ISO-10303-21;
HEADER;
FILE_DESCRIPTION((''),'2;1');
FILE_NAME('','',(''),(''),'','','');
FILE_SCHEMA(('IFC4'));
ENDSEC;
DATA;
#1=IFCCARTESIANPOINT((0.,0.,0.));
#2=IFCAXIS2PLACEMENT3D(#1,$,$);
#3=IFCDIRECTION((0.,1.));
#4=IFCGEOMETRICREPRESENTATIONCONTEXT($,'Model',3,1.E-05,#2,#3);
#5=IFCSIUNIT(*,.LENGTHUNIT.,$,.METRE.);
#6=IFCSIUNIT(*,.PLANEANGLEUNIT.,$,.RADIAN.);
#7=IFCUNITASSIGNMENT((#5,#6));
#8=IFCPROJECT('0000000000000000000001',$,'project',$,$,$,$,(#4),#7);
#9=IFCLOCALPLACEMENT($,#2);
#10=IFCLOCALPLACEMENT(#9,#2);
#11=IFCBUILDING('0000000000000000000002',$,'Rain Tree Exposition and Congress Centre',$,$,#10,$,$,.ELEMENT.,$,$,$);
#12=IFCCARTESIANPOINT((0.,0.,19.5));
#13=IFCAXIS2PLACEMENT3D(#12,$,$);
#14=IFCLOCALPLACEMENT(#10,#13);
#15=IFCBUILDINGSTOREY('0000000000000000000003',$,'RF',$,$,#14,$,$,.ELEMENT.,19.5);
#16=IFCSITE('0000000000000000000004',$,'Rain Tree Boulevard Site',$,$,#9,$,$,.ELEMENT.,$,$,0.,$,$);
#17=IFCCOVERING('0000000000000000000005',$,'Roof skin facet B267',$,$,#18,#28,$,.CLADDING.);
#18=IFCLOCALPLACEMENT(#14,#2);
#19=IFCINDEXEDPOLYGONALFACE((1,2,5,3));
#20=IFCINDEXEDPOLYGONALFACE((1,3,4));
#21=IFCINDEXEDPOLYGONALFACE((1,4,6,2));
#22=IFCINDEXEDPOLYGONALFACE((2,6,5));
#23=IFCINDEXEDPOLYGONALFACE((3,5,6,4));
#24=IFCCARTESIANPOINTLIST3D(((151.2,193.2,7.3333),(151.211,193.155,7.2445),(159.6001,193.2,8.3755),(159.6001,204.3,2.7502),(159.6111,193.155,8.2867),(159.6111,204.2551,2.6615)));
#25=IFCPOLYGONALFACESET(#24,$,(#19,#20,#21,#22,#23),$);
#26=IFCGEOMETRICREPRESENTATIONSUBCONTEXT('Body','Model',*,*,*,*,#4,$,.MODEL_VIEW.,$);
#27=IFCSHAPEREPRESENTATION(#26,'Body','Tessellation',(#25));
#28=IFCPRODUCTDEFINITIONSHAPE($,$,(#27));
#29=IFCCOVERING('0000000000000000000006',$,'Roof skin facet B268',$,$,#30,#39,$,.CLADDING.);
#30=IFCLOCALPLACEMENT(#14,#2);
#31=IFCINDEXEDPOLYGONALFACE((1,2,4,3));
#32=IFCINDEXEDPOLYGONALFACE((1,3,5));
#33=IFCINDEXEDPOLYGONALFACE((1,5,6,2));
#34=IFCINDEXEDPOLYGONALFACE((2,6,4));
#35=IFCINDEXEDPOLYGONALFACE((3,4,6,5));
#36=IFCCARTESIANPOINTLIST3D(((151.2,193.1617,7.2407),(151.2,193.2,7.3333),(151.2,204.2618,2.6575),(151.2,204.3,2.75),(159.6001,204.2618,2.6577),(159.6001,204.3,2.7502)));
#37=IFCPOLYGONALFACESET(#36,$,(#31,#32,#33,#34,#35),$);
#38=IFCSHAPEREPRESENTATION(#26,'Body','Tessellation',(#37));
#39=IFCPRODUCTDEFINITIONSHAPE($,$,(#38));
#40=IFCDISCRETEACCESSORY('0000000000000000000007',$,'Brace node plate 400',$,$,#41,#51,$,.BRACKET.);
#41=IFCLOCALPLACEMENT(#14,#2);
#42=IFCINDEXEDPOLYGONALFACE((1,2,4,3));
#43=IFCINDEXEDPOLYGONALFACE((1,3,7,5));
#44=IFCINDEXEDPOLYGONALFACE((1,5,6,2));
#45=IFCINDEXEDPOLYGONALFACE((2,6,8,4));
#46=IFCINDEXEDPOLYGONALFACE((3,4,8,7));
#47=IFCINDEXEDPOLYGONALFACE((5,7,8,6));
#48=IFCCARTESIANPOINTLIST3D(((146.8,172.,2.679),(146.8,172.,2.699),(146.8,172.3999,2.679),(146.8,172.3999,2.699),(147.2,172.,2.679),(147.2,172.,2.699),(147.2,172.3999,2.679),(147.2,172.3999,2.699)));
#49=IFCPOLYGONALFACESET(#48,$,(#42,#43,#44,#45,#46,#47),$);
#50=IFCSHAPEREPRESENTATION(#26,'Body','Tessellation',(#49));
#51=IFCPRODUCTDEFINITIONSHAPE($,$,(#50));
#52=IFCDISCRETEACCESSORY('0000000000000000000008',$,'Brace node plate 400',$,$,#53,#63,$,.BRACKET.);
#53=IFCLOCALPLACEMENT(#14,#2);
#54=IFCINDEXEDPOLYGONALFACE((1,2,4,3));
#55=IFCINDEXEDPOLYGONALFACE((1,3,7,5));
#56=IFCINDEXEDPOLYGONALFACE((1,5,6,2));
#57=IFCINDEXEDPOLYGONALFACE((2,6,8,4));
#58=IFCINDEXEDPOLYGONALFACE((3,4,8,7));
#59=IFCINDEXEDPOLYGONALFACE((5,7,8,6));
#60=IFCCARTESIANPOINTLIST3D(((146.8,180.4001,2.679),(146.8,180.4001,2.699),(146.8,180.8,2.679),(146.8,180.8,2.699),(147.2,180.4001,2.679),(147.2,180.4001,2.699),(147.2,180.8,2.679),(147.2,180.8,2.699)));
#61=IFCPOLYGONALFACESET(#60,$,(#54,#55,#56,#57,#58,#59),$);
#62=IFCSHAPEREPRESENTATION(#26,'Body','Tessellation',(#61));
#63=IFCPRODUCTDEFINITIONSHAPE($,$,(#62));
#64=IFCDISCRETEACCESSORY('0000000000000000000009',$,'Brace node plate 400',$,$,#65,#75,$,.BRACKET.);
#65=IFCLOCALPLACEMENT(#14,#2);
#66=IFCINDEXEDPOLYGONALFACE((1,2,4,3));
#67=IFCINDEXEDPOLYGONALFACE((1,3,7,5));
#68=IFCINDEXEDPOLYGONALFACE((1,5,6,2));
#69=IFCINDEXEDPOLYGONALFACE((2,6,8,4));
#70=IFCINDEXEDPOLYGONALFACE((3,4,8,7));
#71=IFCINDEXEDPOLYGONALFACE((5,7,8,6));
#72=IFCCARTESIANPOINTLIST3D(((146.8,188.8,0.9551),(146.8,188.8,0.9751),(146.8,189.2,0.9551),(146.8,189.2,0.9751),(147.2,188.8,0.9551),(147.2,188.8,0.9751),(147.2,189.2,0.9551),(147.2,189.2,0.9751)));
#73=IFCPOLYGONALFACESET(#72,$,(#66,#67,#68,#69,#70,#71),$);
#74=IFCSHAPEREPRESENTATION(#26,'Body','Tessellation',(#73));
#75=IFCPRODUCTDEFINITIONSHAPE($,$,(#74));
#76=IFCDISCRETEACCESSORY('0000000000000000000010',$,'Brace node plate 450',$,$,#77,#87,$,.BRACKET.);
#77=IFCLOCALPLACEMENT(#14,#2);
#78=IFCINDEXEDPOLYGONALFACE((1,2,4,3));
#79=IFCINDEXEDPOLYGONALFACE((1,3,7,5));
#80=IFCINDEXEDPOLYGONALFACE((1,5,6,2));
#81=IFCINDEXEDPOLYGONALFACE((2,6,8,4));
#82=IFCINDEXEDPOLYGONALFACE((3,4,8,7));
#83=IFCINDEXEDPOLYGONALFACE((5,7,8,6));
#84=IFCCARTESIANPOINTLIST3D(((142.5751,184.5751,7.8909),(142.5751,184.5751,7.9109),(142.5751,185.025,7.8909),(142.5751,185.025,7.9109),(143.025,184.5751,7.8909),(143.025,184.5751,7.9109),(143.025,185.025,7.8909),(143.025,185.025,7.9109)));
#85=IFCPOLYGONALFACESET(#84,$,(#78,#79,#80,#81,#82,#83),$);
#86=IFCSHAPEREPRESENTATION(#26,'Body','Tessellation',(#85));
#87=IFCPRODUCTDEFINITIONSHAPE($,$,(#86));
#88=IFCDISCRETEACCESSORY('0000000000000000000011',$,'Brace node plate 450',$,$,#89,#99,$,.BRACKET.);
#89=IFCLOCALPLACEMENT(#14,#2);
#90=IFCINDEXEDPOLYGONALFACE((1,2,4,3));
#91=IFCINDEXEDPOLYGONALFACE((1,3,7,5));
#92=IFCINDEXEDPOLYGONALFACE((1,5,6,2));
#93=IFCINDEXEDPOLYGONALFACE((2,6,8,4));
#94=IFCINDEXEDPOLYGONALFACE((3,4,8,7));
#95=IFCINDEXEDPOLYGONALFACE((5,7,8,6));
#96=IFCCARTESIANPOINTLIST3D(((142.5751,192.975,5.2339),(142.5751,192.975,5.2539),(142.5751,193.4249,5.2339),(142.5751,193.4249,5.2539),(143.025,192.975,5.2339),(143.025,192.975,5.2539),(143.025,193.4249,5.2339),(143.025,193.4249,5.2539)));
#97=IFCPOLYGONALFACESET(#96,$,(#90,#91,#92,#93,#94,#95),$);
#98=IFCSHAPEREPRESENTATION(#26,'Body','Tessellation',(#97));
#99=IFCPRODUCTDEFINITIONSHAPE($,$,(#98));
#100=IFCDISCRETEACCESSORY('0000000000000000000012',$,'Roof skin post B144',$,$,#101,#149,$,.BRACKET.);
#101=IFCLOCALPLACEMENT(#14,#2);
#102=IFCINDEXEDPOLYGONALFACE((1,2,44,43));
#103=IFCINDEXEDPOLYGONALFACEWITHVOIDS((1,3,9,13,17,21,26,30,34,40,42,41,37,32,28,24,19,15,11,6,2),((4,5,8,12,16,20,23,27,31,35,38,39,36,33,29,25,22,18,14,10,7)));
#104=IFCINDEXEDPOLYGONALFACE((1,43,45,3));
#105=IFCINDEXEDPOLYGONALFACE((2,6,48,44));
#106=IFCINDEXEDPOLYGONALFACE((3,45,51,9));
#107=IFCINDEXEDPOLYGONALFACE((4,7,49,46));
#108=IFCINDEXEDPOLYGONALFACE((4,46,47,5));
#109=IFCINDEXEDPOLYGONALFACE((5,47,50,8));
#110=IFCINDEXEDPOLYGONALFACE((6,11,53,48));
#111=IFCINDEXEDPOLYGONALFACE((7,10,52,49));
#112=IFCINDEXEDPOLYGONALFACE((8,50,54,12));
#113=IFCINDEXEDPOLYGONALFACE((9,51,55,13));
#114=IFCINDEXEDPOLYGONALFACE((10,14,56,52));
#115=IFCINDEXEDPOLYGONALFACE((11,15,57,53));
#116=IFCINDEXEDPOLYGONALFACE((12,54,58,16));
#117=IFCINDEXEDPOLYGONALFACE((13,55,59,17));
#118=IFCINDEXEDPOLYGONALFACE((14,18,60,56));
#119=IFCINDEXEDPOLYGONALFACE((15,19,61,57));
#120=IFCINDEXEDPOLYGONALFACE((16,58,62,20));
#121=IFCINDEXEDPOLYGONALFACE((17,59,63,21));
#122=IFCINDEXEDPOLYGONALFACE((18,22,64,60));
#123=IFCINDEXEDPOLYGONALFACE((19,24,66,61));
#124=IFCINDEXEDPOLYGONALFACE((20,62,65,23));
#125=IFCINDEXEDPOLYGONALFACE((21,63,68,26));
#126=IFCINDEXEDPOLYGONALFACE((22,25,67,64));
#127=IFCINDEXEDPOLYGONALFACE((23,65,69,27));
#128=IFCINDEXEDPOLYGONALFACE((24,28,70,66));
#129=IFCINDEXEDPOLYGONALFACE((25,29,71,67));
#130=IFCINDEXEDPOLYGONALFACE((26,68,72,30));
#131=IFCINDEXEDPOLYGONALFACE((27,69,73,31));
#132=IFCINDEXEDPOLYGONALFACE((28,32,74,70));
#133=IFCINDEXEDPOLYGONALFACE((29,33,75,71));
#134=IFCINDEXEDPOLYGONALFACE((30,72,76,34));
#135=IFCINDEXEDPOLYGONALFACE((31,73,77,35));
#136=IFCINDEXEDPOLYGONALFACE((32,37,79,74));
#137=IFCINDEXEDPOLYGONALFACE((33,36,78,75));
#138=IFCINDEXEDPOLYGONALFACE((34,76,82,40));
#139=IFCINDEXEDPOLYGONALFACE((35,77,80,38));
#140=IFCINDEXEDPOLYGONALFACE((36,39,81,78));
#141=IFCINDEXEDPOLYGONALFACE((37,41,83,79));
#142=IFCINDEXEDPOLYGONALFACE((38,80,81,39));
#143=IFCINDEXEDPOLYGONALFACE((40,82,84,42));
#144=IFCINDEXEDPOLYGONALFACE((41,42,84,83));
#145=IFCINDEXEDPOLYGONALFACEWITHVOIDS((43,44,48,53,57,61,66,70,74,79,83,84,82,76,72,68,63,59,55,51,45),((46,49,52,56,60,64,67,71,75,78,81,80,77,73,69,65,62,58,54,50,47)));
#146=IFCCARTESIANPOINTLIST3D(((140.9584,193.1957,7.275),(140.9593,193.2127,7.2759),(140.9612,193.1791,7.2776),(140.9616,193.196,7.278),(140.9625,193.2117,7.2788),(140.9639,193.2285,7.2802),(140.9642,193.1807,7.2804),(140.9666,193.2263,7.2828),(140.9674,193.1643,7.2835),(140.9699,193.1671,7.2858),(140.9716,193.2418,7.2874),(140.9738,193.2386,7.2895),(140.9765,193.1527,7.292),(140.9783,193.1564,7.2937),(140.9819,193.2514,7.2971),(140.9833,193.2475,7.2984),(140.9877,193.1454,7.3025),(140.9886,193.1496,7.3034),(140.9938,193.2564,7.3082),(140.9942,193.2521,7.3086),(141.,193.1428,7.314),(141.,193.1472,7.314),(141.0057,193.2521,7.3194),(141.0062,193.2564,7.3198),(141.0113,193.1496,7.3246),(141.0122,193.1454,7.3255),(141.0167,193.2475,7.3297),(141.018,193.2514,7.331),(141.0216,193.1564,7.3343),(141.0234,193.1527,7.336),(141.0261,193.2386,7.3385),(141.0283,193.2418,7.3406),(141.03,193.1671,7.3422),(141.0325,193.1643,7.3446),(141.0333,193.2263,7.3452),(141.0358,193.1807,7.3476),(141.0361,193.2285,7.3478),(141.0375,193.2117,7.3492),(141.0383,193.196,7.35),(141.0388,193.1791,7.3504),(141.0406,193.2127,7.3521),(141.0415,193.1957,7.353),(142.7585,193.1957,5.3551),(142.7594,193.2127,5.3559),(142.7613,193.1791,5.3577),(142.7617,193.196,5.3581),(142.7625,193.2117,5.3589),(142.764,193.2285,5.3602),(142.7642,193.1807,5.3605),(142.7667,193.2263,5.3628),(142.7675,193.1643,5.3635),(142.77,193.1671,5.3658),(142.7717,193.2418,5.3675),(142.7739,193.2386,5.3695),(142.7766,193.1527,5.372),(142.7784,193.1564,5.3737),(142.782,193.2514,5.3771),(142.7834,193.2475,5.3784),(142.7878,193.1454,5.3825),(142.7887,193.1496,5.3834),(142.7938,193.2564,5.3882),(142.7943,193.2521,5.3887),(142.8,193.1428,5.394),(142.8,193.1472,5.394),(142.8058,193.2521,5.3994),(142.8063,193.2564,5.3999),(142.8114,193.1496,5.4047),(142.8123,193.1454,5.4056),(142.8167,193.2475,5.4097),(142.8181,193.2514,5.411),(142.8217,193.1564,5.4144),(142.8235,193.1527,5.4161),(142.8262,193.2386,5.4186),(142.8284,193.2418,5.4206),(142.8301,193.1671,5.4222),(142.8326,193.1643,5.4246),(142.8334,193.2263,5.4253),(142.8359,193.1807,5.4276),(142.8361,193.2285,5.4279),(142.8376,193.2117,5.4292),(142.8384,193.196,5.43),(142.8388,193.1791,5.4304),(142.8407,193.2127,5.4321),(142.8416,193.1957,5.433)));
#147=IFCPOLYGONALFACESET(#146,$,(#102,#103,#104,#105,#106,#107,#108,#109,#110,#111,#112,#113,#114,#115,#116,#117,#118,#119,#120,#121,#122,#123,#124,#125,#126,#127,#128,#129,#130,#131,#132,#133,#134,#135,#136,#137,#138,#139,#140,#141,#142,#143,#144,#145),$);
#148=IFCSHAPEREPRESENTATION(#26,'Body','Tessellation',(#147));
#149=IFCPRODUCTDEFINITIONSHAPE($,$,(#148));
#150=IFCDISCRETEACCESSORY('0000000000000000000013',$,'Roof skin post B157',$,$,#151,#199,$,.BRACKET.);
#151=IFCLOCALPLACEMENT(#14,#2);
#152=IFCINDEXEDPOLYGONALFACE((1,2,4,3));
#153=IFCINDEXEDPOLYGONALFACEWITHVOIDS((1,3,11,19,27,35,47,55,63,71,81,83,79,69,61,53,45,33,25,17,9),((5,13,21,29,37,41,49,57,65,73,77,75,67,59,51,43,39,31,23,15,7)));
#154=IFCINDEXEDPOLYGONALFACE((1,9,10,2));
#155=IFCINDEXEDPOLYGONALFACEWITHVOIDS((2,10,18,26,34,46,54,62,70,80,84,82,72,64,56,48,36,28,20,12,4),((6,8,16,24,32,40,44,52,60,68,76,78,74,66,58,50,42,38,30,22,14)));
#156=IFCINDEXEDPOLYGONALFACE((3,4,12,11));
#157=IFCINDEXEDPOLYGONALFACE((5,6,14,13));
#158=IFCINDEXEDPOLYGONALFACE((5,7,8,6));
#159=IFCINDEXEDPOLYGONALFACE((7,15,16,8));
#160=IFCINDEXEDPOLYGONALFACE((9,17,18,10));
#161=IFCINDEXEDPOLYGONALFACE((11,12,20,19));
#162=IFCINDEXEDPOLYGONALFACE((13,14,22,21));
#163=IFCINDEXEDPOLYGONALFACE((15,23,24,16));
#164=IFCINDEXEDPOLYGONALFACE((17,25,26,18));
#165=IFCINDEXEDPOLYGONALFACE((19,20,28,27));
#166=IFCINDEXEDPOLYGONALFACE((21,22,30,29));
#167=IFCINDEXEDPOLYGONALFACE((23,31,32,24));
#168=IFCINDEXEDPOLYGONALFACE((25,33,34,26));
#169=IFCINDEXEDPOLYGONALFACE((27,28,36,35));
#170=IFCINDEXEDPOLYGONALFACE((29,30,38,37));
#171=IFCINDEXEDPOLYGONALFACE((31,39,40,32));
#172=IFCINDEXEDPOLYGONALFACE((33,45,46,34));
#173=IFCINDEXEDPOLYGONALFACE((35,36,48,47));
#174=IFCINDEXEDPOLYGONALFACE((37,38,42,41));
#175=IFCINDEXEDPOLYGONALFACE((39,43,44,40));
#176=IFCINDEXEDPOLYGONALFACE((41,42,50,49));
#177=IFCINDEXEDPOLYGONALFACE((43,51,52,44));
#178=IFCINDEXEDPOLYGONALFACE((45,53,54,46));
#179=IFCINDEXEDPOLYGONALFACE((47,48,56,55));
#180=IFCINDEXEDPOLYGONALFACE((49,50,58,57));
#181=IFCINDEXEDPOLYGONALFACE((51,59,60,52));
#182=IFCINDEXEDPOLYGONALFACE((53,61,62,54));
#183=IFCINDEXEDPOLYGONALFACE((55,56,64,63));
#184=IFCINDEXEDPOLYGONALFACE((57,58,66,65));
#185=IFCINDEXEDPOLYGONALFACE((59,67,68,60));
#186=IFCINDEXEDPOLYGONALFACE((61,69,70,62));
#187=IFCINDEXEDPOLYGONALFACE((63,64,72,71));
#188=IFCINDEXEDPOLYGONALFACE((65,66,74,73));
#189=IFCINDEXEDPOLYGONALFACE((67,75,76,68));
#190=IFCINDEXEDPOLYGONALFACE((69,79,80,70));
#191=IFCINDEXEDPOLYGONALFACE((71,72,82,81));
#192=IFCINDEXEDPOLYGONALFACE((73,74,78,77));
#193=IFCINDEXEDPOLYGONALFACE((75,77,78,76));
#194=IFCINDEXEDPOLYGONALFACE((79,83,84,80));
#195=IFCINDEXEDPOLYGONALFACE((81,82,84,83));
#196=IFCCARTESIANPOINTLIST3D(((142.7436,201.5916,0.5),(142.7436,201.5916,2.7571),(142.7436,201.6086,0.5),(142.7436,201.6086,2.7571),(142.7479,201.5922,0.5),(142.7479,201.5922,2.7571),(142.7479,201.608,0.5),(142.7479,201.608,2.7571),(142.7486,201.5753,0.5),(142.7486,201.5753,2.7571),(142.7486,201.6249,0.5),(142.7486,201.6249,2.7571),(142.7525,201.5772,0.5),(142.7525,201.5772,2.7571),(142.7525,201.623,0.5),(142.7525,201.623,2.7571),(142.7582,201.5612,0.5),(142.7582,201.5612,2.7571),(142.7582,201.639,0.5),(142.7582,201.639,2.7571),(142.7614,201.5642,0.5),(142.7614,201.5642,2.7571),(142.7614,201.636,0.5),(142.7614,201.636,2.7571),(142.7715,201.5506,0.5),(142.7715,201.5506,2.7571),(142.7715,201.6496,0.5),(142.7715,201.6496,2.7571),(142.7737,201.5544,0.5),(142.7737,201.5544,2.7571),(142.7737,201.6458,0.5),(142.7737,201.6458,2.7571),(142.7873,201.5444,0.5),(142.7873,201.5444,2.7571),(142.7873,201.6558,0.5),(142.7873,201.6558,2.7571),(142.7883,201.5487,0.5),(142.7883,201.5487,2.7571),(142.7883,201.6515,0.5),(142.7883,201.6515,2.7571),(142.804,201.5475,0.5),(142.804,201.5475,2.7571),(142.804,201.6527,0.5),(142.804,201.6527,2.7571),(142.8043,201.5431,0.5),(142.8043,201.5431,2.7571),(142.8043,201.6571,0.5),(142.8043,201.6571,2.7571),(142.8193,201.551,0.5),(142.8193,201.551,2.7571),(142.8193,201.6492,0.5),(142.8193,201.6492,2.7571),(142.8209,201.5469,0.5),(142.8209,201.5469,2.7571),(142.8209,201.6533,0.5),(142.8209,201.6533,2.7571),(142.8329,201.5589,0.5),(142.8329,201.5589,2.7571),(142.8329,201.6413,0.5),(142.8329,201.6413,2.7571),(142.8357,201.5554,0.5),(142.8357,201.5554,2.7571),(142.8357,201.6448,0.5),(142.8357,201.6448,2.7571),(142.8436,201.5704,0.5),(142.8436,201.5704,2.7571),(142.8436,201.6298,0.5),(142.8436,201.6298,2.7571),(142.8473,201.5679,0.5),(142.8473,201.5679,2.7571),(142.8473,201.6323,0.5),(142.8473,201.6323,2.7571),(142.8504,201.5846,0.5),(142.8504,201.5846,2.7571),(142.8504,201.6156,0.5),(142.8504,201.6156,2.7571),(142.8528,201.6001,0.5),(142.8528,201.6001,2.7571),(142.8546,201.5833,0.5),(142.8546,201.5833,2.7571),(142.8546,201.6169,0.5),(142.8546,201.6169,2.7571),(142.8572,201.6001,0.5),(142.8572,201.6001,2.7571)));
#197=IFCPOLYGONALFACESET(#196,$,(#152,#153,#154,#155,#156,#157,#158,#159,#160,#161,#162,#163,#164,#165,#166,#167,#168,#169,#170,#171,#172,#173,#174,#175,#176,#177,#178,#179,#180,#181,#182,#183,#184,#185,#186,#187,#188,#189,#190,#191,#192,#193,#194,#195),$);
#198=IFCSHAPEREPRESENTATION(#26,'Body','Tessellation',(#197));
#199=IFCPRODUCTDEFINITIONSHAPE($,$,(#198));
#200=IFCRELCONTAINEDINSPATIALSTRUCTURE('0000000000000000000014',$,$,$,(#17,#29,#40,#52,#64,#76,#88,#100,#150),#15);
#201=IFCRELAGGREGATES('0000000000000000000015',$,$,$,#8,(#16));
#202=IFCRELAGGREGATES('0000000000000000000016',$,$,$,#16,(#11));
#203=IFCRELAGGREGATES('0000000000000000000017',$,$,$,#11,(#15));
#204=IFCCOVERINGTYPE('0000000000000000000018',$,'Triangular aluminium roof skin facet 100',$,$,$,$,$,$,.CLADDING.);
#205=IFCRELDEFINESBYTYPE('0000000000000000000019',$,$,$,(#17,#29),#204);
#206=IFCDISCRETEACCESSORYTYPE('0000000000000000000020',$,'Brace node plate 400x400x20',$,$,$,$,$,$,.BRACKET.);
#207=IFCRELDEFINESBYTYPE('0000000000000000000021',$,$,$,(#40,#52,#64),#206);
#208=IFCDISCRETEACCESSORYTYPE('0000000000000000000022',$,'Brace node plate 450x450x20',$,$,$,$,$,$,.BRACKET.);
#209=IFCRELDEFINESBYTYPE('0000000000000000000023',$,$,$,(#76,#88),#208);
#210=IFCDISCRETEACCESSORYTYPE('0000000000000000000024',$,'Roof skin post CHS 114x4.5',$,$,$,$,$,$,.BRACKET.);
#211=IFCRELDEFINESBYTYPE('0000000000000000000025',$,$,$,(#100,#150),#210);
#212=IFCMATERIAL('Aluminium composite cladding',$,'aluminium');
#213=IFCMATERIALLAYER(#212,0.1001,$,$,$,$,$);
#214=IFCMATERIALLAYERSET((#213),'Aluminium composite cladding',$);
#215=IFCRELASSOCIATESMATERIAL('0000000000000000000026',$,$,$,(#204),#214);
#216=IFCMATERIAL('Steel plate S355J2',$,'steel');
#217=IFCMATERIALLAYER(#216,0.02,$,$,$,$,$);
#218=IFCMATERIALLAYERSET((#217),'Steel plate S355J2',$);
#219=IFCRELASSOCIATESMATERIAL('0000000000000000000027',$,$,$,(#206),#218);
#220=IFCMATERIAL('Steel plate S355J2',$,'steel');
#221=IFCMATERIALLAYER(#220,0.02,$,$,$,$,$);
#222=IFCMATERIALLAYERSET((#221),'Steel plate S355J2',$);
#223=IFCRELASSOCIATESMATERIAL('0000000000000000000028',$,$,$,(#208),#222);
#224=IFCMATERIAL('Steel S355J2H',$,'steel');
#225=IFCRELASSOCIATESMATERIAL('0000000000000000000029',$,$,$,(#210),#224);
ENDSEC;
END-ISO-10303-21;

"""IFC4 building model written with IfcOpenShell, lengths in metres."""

from ifc_helpers import new_model, si_unit, direction, frame, origin, origin_2d, place, context, subcontext, project, spatial, polyline, rectangle, hollow_circle, outline, extrude, material, layer, layer_set, material_profile, profile_set, type_object, element, save


model = new_model("IFC4")

# Units and contexts
model_context = context("Model", 3, precision=1e-05, world=origin(), true_north=direction((0.0, 1.0)))
body_context = subcontext(model_context, "Body", "Model", "MODEL_VIEW")
ifc_project = project(units=[si_unit("LENGTHUNIT", "METRE"), si_unit("PLANEANGLEUNIT", "RADIAN")], contexts=[model_context])

# Site, building, storey
site_placement = place(None, origin())
site = spatial("IfcSite", under=ifc_project, at=site_placement, Name="Rain Tree Boulevard Site", CompositionType="ELEMENT", RefElevation=0.0)
building_placement = place(site_placement, origin())
building = spatial("IfcBuilding", under=site, at=building_placement, Name="Rain Tree Exposition and Congress Centre", CompositionType="ELEMENT")
storey_placement = place(building_placement, frame((0.0, 0.0, 19.5)))
storey = spatial("IfcBuildingStorey", under=building, at=storey_placement, Name="RF", CompositionType="ELEMENT", Elevation=19.5)

# Coverings
ifc_material_1 = material(Name="Aluminium composite cladding", Category="aluminium")
ifc_layer_1 = layer(ifc_material_1, 0.1001)
ifc_layer_set_1 = layer_set([ifc_layer_1], Name="Aluminium composite cladding")
covering_type = type_object("IfcCoveringType", Name="Triangular aluminium roof skin facet 100", PredefinedType="CLADDING", material=ifc_layer_set_1)
covering_1_placement = place(storey_placement, frame((151.2, 193.2, 7.3333), z_axis=(-0.110002, 0.449298, 0.886584), x_axis=(0.992391, 0.0, 0.123129)))
element("IfcCovering", 1, at=covering_1_placement, inside=storey, type_object=covering_type, Name="Roof skin facet B267", PredefinedType="CLADDING", context=body_context, shape_type="SweptSolid", body=[
    extrude(outline(polyline([(0.0, 0.0), (8.4646, 0.0), (7.7719, 12.4248), (0.0, 0.0)])), origin(), (0.0, 0.0, -1.0), 0.1001),
])
covering_2_placement = place(storey_placement, frame((151.2, 193.2, 7.3333), z_axis=(-0.000027, 0.381648, 0.924308), x_axis=(0.57318, 0.75741, -0.31272)))
element("IfcCovering", 2, at=covering_2_placement, inside=storey, type_object=covering_type, Name="Roof skin facet B268", PredefinedType="CLADDING", context=body_context, shape_type="SweptSolid", body=[
    extrude(outline(polyline([(0.0, 0.0), (14.6553, 0.0), (9.8406, 6.8834), (0.0, 0.0)])), origin(), (0.0, 0.0, -1.0), 0.1001),
])

# Discrete accessories
ifc_material_2 = material(Name="Steel plate S355J2", Category="steel")
ifc_layer_2 = layer(ifc_material_2, 0.02)
ifc_layer_set_2 = layer_set([ifc_layer_2], Name="Steel plate S355J2")
discrete_accessory_type_1 = type_object("IfcDiscreteAccessoryType", Name="Brace node plate 400x400x20", PredefinedType="BRACKET", material=ifc_layer_set_2)
for number, where, z_axis, x_axis, name in (
    (3, (147.0, 172.2, 2.679), (0.0, 0.0, 1.0), (1.0, 0.0, 0.0), "Brace node plate 400"),
    (4, (147.0, 180.6001, 2.679), (0.0, 0.0, 1.0), (1.0, 0.0, 0.0), "Brace node plate 400"),
    (5, (147.0, 189.0, 0.9551), (0.0, 0.0, 1.0), (1.0, 0.0, 0.0), "Brace node plate 400"),
):
    element("IfcDiscreteAccessory", number, at=place(storey_placement, frame(where, z_axis=z_axis, x_axis=x_axis)), inside=storey, type_object=discrete_accessory_type_1, Name=name, PredefinedType="BRACKET", context=body_context, shape_type="SweptSolid", body=[
        extrude(rectangle(XDim=0.3999, YDim=0.3999, at=origin_2d()), origin(), (0.0, 0.0, 1.0), 0.02),
    ])
ifc_material_3 = material(Name="Steel plate S355J2", Category="steel")
ifc_layer_3 = layer(ifc_material_3, 0.02)
ifc_layer_set_3 = layer_set([ifc_layer_3], Name="Steel plate S355J2")
discrete_accessory_type_2 = type_object("IfcDiscreteAccessoryType", Name="Brace node plate 450x450x20", PredefinedType="BRACKET", material=ifc_layer_set_3)
for number, where, z_axis, x_axis, name in (
    (6, (142.8, 184.8, 7.8909), (0.0, 0.0, 1.0), (1.0, 0.0, 0.0), "Brace node plate 450"),
    (7, (142.8, 193.2, 5.2339), (0.0, 0.0, 1.0), (1.0, 0.0, 0.0), "Brace node plate 450"),
):
    element("IfcDiscreteAccessory", number, at=place(storey_placement, frame(where, z_axis=z_axis, x_axis=x_axis)), inside=storey, type_object=discrete_accessory_type_2, Name=name, PredefinedType="BRACKET", context=body_context, shape_type="SweptSolid", body=[
        extrude(rectangle(XDim=0.45, YDim=0.45, at=origin_2d()), origin(), (0.0, 0.0, 1.0), 0.02),
    ])
ifc_material_4 = material(Name="Steel S355J2H", Category="steel")
ifc_material_profile_1 = material_profile(ifc_material_4, hollow_circle(Radius=0.0571, WallThickness=0.0044, at=origin_2d()), Name="CHS 114x4.5")
ifc_profile_set_1 = profile_set([ifc_material_profile_1], Name="Steel S355J2H")
discrete_accessory_type_3 = type_object("IfcDiscreteAccessoryType", Name="Roof skin post CHS 114x4.5", PredefinedType="BRACKET", material=ifc_profile_set_1)
discrete_accessory_1_placement = place(storey_placement, frame((142.8, 193.2, 5.394), z_axis=(-0.683966, 0.0, 0.729514), x_axis=(0.0, -1.0, 0.0)))
element("IfcDiscreteAccessory", 8, at=discrete_accessory_1_placement, inside=storey, type_object=discrete_accessory_type_3, Name="Roof skin post B144", PredefinedType="BRACKET", context=body_context, shape_type="SweptSolid", body=[
    extrude(hollow_circle(Radius=0.0571, WallThickness=0.0044, at=origin_2d()), origin(), (0.0, 0.0, 1.0), 2.6318),
])
discrete_accessory_2_placement = place(storey_placement, frame((142.8, 201.6001, 0.5), z_axis=(0.0, 0.0, 1.0), x_axis=(1.0, 0.0, 0.0)))
element("IfcDiscreteAccessory", 9, at=discrete_accessory_2_placement, inside=storey, type_object=discrete_accessory_type_3, Name="Roof skin post B157", PredefinedType="BRACKET", context=body_context, shape_type="SweptSolid", body=[
    extrude(hollow_circle(Radius=0.0571, WallThickness=0.0044, at=origin_2d()), origin(), (0.0, 0.0, 1.0), 2.2571),
])

save(model, "model.ifc")
